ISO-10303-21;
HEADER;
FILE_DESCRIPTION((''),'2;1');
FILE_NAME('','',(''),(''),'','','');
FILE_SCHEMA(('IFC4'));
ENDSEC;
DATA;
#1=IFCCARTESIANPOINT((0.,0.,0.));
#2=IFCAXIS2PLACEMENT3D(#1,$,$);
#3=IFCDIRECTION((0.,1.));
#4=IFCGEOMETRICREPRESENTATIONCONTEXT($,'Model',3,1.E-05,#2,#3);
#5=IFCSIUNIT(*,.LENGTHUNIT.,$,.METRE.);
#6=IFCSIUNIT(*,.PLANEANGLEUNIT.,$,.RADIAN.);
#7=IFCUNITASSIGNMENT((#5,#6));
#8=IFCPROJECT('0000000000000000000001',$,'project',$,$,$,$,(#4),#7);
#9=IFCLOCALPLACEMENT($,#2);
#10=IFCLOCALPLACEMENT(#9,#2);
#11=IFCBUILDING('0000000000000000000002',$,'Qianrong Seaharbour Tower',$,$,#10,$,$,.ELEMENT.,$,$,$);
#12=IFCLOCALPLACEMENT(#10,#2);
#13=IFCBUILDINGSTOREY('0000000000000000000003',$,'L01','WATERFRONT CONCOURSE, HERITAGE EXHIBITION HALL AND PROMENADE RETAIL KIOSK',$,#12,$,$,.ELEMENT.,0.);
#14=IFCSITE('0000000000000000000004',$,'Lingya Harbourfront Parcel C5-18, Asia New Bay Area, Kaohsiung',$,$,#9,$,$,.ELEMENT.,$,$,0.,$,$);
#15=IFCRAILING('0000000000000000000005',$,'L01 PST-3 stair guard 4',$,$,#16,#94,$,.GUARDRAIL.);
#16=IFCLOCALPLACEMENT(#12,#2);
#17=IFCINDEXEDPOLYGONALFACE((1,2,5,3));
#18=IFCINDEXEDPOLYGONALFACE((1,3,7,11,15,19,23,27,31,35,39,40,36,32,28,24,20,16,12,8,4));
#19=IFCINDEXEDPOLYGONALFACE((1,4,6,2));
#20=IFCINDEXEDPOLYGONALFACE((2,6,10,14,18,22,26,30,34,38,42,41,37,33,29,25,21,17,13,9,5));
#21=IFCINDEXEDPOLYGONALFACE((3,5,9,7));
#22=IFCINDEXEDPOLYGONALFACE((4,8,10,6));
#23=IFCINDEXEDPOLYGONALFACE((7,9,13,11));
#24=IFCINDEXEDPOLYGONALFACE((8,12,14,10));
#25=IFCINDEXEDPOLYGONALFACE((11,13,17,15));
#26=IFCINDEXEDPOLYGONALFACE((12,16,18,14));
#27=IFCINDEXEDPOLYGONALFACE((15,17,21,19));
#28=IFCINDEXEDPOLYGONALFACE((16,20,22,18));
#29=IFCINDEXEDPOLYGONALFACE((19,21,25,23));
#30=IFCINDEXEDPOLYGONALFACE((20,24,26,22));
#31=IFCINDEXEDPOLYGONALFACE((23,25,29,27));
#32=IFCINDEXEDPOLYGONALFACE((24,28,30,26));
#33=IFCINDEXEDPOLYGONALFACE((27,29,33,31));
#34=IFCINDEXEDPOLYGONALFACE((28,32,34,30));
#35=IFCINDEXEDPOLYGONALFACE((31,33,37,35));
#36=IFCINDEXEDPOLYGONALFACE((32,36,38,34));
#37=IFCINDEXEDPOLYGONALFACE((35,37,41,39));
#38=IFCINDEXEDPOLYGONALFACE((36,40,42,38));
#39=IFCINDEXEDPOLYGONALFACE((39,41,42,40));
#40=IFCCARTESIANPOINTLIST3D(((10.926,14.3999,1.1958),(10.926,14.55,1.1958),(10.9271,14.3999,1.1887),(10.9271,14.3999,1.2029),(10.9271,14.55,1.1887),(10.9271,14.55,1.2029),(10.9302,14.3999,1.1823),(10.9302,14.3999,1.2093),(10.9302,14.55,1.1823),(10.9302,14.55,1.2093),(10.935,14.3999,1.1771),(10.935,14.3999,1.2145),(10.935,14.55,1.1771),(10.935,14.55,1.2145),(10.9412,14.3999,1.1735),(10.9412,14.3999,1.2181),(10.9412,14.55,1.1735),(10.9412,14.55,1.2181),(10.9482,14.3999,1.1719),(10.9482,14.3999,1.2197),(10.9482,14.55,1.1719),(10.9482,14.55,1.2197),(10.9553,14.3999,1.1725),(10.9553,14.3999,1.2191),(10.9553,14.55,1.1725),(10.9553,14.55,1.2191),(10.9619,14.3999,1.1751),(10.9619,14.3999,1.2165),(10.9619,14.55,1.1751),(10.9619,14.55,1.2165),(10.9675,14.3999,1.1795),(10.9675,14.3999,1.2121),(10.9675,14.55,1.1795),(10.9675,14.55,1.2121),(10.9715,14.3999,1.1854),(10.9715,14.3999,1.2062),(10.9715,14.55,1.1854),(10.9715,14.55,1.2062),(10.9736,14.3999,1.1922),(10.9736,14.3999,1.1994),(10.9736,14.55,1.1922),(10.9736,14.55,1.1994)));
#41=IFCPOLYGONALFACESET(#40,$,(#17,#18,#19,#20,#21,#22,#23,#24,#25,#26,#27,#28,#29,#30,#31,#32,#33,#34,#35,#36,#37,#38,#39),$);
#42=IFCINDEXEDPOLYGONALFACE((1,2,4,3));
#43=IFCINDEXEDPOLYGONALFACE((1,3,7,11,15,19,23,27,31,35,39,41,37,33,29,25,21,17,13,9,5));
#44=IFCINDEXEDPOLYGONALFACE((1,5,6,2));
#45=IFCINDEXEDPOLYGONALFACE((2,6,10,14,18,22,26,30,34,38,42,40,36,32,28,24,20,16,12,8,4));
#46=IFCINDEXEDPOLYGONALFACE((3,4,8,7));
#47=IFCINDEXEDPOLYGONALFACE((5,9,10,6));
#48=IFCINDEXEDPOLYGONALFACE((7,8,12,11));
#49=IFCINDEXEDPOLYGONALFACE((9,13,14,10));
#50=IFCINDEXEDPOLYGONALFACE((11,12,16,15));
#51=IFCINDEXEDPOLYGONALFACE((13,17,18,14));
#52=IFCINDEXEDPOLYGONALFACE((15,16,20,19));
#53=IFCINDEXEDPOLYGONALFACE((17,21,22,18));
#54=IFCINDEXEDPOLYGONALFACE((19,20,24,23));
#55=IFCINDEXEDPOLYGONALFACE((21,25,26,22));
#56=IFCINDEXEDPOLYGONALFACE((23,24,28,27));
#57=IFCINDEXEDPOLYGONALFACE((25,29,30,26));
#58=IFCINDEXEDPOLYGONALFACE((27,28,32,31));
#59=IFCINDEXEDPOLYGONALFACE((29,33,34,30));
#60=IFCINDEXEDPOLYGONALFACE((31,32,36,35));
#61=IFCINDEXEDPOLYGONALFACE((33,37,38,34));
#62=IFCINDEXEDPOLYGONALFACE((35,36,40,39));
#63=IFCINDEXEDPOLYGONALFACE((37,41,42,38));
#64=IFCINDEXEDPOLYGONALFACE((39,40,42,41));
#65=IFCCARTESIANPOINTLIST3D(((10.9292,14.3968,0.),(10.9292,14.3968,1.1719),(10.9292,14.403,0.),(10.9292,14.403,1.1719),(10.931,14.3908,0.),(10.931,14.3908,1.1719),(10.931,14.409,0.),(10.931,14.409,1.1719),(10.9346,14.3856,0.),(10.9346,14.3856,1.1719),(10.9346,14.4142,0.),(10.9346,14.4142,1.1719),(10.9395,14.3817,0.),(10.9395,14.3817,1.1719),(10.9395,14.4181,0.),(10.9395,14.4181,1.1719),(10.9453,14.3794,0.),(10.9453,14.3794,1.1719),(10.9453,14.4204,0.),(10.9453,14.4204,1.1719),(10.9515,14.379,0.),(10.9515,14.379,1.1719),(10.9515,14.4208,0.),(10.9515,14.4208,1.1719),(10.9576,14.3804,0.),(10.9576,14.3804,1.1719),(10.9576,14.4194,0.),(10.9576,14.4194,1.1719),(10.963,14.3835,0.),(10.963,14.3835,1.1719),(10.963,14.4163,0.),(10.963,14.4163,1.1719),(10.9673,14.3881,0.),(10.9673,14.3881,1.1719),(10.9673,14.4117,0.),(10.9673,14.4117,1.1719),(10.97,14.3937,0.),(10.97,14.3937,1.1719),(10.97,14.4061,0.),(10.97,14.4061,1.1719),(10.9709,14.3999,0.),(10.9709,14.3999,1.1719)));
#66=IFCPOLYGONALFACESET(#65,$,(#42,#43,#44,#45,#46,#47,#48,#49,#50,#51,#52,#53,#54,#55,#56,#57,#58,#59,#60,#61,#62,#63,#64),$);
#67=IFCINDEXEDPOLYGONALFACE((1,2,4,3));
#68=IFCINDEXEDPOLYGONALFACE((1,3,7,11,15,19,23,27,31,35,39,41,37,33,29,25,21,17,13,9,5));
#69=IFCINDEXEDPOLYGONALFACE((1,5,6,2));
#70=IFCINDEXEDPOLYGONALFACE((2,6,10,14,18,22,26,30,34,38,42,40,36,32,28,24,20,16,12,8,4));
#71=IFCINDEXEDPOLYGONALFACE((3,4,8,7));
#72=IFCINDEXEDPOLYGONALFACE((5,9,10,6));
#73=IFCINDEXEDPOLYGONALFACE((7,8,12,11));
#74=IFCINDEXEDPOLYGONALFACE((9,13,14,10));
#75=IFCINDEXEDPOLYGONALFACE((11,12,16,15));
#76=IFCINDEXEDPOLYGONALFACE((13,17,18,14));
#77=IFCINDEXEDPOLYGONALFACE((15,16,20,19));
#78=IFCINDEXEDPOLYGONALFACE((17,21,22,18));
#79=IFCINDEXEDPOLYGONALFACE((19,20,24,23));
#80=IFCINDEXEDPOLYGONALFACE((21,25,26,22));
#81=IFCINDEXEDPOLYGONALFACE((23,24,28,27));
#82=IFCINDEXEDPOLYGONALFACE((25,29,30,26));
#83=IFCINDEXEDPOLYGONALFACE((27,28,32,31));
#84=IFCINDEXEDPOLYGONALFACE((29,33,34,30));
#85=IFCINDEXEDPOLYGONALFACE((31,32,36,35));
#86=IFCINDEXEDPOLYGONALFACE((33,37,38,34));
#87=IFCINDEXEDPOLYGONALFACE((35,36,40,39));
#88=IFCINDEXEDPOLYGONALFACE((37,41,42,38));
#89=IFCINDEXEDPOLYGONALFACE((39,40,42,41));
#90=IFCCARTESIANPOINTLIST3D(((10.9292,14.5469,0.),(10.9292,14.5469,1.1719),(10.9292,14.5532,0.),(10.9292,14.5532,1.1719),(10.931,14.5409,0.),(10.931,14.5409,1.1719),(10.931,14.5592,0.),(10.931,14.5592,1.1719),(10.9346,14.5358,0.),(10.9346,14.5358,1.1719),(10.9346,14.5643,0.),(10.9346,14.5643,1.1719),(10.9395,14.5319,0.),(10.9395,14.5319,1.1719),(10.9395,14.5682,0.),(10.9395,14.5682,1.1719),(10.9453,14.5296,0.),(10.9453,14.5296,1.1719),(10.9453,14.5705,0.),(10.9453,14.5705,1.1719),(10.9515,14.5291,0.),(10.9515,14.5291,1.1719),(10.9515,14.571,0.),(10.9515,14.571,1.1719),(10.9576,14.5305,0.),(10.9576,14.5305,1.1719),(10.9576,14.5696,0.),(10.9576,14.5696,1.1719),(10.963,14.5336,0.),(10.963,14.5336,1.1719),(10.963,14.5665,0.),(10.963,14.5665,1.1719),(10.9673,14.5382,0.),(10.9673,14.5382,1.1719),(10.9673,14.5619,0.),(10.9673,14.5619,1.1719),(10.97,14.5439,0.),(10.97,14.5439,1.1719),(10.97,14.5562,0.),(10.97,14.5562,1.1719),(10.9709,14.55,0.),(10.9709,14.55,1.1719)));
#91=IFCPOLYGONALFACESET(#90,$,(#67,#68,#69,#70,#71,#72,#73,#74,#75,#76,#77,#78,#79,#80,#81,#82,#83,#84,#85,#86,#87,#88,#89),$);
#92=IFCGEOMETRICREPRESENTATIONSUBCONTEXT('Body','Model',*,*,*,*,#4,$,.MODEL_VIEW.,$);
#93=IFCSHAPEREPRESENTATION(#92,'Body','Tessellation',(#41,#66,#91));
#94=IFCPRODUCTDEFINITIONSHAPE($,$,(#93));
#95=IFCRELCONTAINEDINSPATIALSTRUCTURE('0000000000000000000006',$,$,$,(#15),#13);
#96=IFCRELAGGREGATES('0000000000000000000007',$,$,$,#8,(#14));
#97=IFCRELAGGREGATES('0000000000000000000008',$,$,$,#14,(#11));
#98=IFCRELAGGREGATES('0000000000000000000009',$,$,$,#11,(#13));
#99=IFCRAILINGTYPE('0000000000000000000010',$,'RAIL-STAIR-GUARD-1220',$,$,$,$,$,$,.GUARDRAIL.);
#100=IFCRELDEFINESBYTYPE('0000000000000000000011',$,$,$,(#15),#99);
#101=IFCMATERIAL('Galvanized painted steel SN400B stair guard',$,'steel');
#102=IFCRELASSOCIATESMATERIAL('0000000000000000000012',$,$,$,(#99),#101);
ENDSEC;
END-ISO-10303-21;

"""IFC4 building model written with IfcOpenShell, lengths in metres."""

from ifc_helpers import new_model, si_unit, direction, frame, origin, origin_2d, place, context, subcontext, project, spatial, circle, extrude, material, type_object, element, save


model = new_model("IFC4")

# Units and contexts
model_context = context("Model", 3, precision=1e-05, world=origin(), true_north=direction((0.0, 1.0)))
body_context = subcontext(model_context, "Body", "Model", "MODEL_VIEW")
ifc_project = project(units=[si_unit("LENGTHUNIT", "METRE"), si_unit("PLANEANGLEUNIT", "RADIAN")], contexts=[model_context])

# Site, building, storey
site_placement = place(None, origin())
site = spatial("IfcSite", under=ifc_project, at=site_placement, Name="Lingya Harbourfront Parcel C5-18, Asia New Bay Area, Kaohsiung", CompositionType="ELEMENT", RefElevation=0.0)
building_placement = place(site_placement, origin())
building = spatial("IfcBuilding", under=site, at=building_placement, Name="Qianrong Seaharbour Tower", CompositionType="ELEMENT")
storey_placement = place(building_placement, origin())
storey = spatial("IfcBuildingStorey", under=building, at=storey_placement, Name="L01", Description="WATERFRONT CONCOURSE, HERITAGE EXHIBITION HALL AND PROMENADE RETAIL KIOSK", CompositionType="ELEMENT", Elevation=0.0)

# Railing
ifc_material_1 = material(Name="Galvanized painted steel SN400B stair guard", Category="steel")
railing_type_1 = type_object("IfcRailingType", Name="RAIL-STAIR-GUARD-1220", PredefinedType="GUARDRAIL", material=ifc_material_1)
railing_1_placement = place(storey_placement, frame((10.95, 14.3999, 0.0)))
element("IfcRailing", 1, at=railing_1_placement, inside=storey, type_object=railing_type_1, Name="L01 PST-3 stair guard 4", PredefinedType="GUARDRAIL", context=body_context, shape_type="SweptSolid", body=[
    extrude(circle(Radius=0.0239, at=origin_2d()), frame((0.0, 0.0, 1.1958), z_axis=(0.0, 1.0, 0.0), x_axis=(-1.0, 0.0, 0.0)), (0.0, 0.0, 1.0), 0.1501),
    extrude(circle(Radius=0.021, at=origin_2d()), origin(), (0.0, 0.0, 1.0), 1.1719),
    extrude(circle(Radius=0.021, at=origin_2d()), frame((0.0, 0.1501, 0.0)), (0.0, 0.0, 1.0), 1.1719),
])

save(model, "model.ifc")
